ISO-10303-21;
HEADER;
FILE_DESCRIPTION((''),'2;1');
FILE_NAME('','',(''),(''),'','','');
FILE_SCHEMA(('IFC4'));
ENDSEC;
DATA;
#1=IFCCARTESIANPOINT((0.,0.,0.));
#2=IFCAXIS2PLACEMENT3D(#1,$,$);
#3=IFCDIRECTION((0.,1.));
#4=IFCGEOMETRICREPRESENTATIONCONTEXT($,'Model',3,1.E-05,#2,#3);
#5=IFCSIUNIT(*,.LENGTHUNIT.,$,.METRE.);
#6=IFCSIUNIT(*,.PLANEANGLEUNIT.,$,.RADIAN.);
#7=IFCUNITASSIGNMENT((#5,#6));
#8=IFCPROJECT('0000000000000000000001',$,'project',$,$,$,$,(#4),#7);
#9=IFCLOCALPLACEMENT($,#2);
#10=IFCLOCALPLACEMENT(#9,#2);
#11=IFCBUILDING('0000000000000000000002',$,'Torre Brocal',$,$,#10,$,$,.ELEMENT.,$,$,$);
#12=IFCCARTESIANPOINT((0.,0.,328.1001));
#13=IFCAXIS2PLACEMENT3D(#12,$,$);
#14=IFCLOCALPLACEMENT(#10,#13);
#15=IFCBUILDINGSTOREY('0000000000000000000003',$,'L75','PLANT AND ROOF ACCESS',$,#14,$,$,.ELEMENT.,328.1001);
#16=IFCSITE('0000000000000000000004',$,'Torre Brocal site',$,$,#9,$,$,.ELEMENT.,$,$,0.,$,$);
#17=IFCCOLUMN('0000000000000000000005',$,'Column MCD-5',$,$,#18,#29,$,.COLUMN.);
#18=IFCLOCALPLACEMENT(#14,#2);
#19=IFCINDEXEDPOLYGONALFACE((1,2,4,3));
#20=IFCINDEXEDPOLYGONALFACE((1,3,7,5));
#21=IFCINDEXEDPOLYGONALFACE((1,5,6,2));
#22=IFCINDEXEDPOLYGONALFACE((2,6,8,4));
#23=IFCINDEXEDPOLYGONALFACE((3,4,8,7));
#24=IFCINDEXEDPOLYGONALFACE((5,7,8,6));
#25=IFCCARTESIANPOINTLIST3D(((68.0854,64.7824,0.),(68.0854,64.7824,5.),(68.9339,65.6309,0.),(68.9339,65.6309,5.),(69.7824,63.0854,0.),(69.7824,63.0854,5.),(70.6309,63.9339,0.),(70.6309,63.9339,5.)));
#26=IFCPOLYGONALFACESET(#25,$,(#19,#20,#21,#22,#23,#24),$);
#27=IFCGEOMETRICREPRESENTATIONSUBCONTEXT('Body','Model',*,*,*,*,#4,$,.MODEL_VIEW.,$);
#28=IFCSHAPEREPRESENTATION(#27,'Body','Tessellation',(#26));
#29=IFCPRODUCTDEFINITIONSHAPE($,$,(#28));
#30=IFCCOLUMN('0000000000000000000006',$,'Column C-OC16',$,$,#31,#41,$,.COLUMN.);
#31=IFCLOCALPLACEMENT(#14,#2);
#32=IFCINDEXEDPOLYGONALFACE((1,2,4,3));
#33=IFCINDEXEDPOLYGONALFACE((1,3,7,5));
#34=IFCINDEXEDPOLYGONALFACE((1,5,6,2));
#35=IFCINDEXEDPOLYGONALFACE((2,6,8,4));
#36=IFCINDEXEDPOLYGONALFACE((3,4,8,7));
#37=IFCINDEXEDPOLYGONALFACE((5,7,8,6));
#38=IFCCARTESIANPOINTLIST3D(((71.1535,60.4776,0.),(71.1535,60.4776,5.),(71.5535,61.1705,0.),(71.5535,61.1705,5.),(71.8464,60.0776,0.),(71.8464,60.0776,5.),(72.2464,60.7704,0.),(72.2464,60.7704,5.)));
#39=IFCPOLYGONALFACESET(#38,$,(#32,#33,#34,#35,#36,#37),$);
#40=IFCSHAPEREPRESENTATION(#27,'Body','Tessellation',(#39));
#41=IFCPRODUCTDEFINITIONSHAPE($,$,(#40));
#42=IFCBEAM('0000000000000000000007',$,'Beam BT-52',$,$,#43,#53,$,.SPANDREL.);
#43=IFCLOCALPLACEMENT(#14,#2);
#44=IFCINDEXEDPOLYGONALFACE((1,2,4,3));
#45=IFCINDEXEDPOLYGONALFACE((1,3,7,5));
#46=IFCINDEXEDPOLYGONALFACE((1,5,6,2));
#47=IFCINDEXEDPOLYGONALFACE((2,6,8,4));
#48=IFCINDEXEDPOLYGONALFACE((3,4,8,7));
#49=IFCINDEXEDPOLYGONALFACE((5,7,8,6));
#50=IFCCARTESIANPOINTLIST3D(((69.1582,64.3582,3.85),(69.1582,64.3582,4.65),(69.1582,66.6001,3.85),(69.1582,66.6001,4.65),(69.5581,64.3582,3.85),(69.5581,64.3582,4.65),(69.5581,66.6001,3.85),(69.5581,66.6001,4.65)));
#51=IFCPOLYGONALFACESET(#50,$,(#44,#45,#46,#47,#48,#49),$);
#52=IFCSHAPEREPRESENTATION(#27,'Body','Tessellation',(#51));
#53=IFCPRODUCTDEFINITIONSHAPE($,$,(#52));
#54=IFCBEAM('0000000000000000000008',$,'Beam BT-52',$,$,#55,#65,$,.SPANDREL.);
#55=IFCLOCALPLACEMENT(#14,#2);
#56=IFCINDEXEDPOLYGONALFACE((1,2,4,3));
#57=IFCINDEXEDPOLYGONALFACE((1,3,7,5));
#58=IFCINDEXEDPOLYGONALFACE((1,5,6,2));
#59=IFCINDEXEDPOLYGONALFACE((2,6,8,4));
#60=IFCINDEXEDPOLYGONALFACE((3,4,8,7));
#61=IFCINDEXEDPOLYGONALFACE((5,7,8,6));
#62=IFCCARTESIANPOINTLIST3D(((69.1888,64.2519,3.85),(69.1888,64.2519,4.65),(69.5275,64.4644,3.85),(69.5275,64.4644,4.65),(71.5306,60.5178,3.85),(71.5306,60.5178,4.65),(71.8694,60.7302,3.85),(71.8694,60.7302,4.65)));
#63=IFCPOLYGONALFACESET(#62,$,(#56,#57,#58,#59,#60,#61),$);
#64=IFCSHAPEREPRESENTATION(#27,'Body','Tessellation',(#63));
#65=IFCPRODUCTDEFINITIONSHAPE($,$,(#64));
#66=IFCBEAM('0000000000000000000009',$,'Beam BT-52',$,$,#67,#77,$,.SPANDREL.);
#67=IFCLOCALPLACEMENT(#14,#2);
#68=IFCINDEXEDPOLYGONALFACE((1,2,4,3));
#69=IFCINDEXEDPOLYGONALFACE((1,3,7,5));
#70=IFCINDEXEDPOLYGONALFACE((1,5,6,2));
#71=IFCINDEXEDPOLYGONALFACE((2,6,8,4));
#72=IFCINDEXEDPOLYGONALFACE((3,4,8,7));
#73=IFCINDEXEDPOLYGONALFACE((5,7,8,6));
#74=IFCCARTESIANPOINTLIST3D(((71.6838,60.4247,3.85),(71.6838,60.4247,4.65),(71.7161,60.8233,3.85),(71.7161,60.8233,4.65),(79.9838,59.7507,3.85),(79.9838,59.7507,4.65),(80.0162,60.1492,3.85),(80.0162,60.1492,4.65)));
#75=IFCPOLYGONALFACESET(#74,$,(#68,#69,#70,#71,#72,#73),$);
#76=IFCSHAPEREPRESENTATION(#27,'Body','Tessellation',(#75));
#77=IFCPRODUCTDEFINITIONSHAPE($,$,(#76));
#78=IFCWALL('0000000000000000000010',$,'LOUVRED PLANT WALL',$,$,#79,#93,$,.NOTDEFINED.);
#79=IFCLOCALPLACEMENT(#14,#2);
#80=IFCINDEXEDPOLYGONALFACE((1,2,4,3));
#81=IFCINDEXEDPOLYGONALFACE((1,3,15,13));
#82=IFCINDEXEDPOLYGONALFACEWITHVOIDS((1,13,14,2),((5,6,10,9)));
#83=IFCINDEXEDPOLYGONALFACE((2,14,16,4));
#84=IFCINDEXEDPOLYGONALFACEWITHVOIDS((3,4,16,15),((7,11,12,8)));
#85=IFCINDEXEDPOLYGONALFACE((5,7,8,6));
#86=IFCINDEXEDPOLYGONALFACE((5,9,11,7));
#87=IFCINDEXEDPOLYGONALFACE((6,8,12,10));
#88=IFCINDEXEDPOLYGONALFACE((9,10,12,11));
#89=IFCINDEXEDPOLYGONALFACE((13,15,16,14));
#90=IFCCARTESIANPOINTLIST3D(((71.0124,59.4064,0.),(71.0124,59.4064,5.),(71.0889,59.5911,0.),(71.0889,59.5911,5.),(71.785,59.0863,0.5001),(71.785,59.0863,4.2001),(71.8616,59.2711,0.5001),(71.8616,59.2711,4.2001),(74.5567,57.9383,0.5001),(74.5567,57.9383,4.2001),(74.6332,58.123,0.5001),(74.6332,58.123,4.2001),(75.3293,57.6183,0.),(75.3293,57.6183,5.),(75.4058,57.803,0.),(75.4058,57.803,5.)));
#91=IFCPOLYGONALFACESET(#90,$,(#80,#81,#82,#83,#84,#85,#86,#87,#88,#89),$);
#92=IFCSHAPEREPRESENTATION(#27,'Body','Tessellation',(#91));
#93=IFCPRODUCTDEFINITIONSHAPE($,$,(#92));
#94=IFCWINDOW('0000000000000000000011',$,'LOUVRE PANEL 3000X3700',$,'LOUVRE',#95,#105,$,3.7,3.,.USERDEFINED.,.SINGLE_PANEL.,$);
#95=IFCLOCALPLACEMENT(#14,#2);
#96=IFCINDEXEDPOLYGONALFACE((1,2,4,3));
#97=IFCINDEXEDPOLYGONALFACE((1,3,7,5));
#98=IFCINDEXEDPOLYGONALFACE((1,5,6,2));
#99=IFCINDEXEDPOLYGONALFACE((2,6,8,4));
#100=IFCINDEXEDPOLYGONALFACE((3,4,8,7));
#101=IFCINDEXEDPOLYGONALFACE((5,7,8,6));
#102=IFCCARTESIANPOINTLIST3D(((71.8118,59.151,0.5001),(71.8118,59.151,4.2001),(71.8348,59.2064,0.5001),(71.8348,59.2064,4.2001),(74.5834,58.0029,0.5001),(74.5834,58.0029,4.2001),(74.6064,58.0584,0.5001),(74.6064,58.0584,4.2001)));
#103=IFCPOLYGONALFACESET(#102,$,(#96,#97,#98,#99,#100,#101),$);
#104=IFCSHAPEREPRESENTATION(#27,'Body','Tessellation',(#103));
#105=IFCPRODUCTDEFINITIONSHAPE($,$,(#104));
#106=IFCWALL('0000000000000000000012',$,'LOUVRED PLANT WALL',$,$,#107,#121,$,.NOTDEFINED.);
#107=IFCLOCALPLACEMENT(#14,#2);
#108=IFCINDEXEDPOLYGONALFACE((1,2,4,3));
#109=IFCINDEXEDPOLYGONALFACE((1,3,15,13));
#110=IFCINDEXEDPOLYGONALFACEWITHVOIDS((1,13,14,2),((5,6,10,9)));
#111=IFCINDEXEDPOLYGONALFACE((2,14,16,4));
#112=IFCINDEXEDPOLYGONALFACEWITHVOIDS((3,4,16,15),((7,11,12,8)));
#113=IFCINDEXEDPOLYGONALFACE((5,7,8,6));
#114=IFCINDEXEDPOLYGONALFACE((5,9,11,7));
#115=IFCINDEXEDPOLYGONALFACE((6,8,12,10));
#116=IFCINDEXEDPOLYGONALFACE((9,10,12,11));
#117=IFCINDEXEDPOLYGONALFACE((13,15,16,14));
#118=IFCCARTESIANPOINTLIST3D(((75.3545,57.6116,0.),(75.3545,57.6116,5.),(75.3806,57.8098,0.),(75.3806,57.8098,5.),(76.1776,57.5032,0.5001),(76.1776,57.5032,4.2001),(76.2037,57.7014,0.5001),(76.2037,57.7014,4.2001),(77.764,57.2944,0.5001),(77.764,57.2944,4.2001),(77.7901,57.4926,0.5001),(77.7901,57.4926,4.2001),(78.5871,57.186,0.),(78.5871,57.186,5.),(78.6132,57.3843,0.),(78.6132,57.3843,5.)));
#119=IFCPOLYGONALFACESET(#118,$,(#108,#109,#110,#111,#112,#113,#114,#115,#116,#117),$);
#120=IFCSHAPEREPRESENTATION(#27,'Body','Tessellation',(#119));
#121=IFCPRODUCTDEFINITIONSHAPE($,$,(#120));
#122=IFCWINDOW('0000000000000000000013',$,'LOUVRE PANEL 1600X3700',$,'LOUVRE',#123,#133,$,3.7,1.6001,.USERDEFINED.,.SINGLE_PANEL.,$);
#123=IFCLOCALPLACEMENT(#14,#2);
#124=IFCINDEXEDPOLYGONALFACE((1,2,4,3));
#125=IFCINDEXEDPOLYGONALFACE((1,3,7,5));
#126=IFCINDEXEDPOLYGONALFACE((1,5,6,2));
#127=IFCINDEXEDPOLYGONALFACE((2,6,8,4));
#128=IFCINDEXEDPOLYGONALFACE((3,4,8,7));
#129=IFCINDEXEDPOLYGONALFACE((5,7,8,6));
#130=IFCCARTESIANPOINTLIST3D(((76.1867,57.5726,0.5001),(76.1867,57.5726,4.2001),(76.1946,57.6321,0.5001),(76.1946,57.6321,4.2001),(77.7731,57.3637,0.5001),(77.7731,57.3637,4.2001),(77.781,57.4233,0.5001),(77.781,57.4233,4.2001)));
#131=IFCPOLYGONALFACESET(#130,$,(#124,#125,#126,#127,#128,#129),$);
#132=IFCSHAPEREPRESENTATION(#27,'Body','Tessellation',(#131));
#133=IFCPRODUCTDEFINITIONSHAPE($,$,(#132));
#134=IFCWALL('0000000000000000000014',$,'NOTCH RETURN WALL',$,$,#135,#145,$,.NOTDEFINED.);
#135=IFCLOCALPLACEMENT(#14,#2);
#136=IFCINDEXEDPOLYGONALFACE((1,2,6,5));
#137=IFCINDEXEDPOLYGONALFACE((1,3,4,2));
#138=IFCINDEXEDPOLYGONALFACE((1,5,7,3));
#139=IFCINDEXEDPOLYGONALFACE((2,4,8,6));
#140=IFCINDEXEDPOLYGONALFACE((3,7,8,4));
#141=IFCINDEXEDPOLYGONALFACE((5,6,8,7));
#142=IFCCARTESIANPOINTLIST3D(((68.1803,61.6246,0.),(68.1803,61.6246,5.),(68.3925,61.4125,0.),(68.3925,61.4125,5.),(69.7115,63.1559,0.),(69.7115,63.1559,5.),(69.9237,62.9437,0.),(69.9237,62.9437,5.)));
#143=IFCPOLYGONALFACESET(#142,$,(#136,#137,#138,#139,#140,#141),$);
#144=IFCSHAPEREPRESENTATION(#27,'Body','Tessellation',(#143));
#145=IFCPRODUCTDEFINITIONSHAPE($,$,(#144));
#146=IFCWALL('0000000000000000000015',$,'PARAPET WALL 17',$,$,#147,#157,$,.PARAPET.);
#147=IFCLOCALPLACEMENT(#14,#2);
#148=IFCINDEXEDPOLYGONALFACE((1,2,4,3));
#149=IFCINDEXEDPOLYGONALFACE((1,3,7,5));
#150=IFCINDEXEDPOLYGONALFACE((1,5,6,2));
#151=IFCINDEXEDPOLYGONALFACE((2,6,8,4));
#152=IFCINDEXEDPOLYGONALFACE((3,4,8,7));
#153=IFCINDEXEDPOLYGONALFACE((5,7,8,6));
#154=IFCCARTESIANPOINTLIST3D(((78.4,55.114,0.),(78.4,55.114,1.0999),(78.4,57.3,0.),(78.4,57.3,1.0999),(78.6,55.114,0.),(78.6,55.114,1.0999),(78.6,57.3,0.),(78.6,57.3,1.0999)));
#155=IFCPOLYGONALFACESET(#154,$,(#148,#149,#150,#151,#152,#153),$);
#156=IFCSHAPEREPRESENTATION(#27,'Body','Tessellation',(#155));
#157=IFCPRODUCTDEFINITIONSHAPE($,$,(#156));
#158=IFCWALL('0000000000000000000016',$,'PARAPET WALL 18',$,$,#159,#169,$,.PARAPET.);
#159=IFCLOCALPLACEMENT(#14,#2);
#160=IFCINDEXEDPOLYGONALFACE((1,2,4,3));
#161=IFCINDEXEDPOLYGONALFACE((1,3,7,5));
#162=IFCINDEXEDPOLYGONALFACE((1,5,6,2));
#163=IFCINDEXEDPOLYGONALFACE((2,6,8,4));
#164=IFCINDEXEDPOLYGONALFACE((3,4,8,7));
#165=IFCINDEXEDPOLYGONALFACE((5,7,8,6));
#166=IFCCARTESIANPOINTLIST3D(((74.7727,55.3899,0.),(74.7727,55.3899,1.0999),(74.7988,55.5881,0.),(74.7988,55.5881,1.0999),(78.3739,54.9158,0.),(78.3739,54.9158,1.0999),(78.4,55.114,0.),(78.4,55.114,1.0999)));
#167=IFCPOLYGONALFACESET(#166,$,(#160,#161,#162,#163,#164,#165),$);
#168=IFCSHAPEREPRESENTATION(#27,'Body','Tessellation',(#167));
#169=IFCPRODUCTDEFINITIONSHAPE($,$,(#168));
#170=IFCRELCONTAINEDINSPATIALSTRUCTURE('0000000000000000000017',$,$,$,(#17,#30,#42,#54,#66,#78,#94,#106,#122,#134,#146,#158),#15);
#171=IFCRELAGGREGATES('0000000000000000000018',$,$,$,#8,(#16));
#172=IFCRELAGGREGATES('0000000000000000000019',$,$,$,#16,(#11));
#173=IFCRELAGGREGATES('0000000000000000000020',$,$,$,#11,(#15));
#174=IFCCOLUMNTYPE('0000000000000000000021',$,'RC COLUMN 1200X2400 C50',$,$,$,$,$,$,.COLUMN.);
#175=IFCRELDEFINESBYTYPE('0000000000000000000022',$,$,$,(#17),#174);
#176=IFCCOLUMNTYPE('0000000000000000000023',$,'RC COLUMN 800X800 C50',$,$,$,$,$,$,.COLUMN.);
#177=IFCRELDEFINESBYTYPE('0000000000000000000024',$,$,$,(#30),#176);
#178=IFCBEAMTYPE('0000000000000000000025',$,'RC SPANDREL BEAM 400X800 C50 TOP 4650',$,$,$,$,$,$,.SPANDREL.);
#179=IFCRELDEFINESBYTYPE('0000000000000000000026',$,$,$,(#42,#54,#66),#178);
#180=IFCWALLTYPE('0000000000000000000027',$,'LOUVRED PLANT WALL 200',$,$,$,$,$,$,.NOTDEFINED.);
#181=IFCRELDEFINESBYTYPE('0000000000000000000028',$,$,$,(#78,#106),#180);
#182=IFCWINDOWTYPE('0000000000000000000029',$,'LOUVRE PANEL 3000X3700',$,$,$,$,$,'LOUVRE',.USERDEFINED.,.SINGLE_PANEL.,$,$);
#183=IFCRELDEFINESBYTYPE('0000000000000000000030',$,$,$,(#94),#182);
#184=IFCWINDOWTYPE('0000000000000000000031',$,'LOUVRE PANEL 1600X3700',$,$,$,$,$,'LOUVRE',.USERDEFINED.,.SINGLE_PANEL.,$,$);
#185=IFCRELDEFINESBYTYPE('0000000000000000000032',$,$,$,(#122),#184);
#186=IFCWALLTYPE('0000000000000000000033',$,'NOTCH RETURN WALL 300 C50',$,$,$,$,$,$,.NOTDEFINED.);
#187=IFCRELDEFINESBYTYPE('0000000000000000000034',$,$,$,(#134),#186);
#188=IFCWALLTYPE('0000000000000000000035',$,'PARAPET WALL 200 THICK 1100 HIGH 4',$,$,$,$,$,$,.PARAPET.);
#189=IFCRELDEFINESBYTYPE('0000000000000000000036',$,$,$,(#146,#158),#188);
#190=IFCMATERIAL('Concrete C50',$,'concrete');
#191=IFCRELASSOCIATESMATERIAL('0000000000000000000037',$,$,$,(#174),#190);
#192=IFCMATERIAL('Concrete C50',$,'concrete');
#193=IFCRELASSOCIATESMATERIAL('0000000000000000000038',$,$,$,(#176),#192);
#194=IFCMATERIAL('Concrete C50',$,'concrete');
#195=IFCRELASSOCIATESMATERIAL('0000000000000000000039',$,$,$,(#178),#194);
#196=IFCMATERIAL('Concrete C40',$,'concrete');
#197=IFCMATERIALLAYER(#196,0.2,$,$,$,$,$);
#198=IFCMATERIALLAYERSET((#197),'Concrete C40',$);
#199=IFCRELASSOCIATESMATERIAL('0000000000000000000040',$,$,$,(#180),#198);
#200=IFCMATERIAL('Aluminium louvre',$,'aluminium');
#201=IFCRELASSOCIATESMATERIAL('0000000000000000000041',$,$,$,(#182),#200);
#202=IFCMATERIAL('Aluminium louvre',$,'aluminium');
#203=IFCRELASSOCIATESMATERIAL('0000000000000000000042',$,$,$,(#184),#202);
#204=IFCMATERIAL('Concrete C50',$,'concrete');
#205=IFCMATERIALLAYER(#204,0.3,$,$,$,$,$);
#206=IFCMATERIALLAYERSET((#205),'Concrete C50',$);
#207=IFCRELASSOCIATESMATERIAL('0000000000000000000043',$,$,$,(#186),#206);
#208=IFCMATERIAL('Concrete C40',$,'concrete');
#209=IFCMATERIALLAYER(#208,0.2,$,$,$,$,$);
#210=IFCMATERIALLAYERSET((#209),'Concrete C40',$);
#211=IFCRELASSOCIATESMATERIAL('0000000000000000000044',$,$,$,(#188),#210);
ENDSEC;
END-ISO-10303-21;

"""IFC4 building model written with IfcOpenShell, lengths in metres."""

from ifc_helpers import new_model, si_unit, direction, frame, frame_2d, origin, origin_2d, place, context, subcontext, project, spatial, rectangle, extrude, material, layer, layer_set, material_profile, profile_set, type_object, element, fill, save


model = new_model("IFC4")

# Units and contexts
model_context = context("Model", 3, precision=1e-05, world=origin(), true_north=direction((0.0, 1.0)))
body_context = subcontext(model_context, "Body", "Model", "MODEL_VIEW")
ifc_project = project(units=[si_unit("LENGTHUNIT", "METRE"), si_unit("PLANEANGLEUNIT", "RADIAN")], contexts=[model_context])

# Site, building, storey
site_placement = place(None, origin())
site = spatial("IfcSite", under=ifc_project, at=site_placement, Name="Torre Brocal site", CompositionType="ELEMENT", RefElevation=0.0)
building_placement = place(site_placement, origin())
building = spatial("IfcBuilding", under=site, at=building_placement, Name="Torre Brocal", CompositionType="ELEMENT")
storey_placement = place(building_placement, frame((0.0, 0.0, 328.1001)))
storey = spatial("IfcBuildingStorey", under=building, at=storey_placement, Name="L75", Description="PLANT AND ROOF ACCESS", CompositionType="ELEMENT", Elevation=328.1001)

# Columns
ifc_material_1 = material(Name="Concrete C50", Category="concrete")
ifc_material_profile_1 = material_profile(ifc_material_1, rectangle(XDim=1.2, YDim=2.3999, at=origin_2d()), Name="RC 1200X2400")
ifc_profile_set_1 = profile_set([ifc_material_profile_1], Name="Concrete C50")
column_type_1 = type_object("IfcColumnType", Name="RC COLUMN 1200X2400 C50", PredefinedType="COLUMN", material=ifc_profile_set_1)
column_1_placement = place(storey_placement, frame((69.3582, 64.3582, 0.0), z_axis=(0.0, 0.0, 1.0), x_axis=(-0.707107, -0.707107, 0.0)))
element("IfcColumn", 1, at=column_1_placement, inside=storey, type_object=column_type_1, Name="Column MCD-5", PredefinedType="COLUMN", context=body_context, shape_type="SweptSolid", body=[
    extrude(rectangle(XDim=1.2, YDim=2.3999, at=origin_2d()), origin(), (0.0, 0.0, 1.0), 5.0),
])
ifc_material_2 = material(Name="Concrete C50", Category="concrete")
ifc_material_profile_2 = material_profile(ifc_material_2, rectangle(XDim=0.8, YDim=0.8, at=origin_2d()), Name="RC 800X800")
ifc_profile_set_2 = profile_set([ifc_material_profile_2], Name="Concrete C50")
column_type_2 = type_object("IfcColumnType", Name="RC COLUMN 800X800 C50", PredefinedType="COLUMN", material=ifc_profile_set_2)
column_2_placement = place(storey_placement, frame((71.7, 60.624, 0.0), z_axis=(0.0, 0.0, 1.0), x_axis=(-0.5, -0.866025, 0.0)))
element("IfcColumn", 2, at=column_2_placement, inside=storey, type_object=column_type_2, Name="Column C-OC16", PredefinedType="COLUMN", context=body_context, shape_type="SweptSolid", body=[
    extrude(rectangle(XDim=0.8, YDim=0.8, at=origin_2d()), origin(), (0.0, 0.0, 1.0), 5.0),
])

# Beams
ifc_material_3 = material(Name="Concrete C50", Category="concrete")
ifc_material_profile_3 = material_profile(ifc_material_3, rectangle(XDim=0.3999, YDim=0.8, at=origin_2d()), Name="RC 400X800")
ifc_profile_set_3 = profile_set([ifc_material_profile_3], Name="Concrete C50")
beam_type = type_object("IfcBeamType", Name="RC SPANDREL BEAM 400X800 C50 TOP 4650", PredefinedType="SPANDREL", material=ifc_profile_set_3)
beam_1_placement = place(storey_placement, frame((69.3582, 64.3582, 4.25), z_axis=(0.0, 1.0, 0.0), x_axis=(-1.0, 0.0, 0.0)))
element("IfcBeam", 3, at=beam_1_placement, inside=storey, type_object=beam_type, Name="Beam BT-52", PredefinedType="SPANDREL", context=body_context, shape_type="SweptSolid", body=[
    extrude(rectangle(XDim=0.3999, YDim=0.8, at=origin_2d()), origin(), (0.0, 0.0, 1.0), 2.2419),
])
beam_2_placement = place(storey_placement, frame((69.3582, 64.3582, 4.25), z_axis=(0.531298, -0.847185, 0.0), x_axis=(0.847185, 0.531298, 0.0)))
element("IfcBeam", 4, at=beam_2_placement, inside=storey, type_object=beam_type, Name="Beam BT-52", PredefinedType="SPANDREL", context=body_context, shape_type="SweptSolid", body=[
    extrude(rectangle(XDim=0.3999, YDim=0.8, at=origin_2d()), origin(), (0.0, 0.0, 1.0), 4.4077),
])
beam_3_placement = place(storey_placement, frame((71.7, 60.624, 4.25), z_axis=(0.996718, -0.080947, 0.0), x_axis=(0.080947, 0.996718, 0.0)))
element("IfcBeam", 5, at=beam_3_placement, inside=storey, type_object=beam_type, Name="Beam BT-52", PredefinedType="SPANDREL", context=body_context, shape_type="SweptSolid", body=[
    extrude(rectangle(XDim=0.3999, YDim=0.8, at=origin_2d()), origin(), (0.0, 0.0, 1.0), 8.3274),
])

# Walls, openings, windows
ifc_material_4 = material(Name="Concrete C40", Category="concrete")
ifc_layer_1 = layer(ifc_material_4, 0.2)
ifc_layer_set_1 = layer_set([ifc_layer_1], Name="Concrete C40")
wall_type_1 = type_object("IfcWallType", Name="LOUVRED PLANT WALL 200", PredefinedType="NOTDEFINED", material=ifc_layer_set_1)
wall_1_placement = place(storey_placement, frame((71.0505, 59.4988, 0.0), z_axis=(0.0, 0.0, 1.0), x_axis=(0.923882, -0.382678, 0.0)))
wall_1 = element("IfcWall", 6, at=wall_1_placement, inside=storey, type_object=wall_type_1, Name="LOUVRED PLANT WALL", PredefinedType="NOTDEFINED", context=body_context, shape_type="SweptSolid", body=[
    extrude(rectangle(XDim=4.6726, YDim=0.2, at=frame_2d((2.3364, 0.0))), origin(), (0.0, 0.0, 1.0), 5.0),
])
opening_1_placement = place(wall_1_placement, frame((0.8364, 0.0, 0.5)))
opening_1 = element("IfcOpeningElement", 7, at=opening_1_placement, cuts=wall_1, PredefinedType="OPENING", context=body_context, shape_type="SweptSolid", body=[
    extrude(rectangle(XDim=3.0, YDim=3.7, at=frame_2d((1.5, 1.8501))), frame((0.0, 0.1099, 0.0), z_axis=(0.0, -1.0, 0.0), x_axis=(1.0, 0.0, 0.0)), (0.0, 0.0, 1.0), 0.22),
])
ifc_material_5 = material(Name="Aluminium louvre", Category="aluminium")
window_type_1 = type_object("IfcWindowType", Name="LOUVRE PANEL 3000X3700", ElementType="LOUVRE", PartitioningType="SINGLE_PANEL", PredefinedType="USERDEFINED", material=ifc_material_5)
window_1_placement = place(opening_1_placement, origin())
window_1 = element("IfcWindow", 8, at=window_1_placement, inside=storey, type_object=window_type_1, Name="LOUVRE PANEL 3000X3700", ObjectType="LOUVRE", OverallHeight=3.7, OverallWidth=3.0, PartitioningType="SINGLE_PANEL", PredefinedType="USERDEFINED", context=body_context, shape_type="SweptSolid", body=[
    extrude(rectangle(XDim=3.0, YDim=3.7, at=frame_2d((1.5, 1.8501))), frame((0.0, 0.03, 0.0), z_axis=(0.0, -1.0, 0.0), x_axis=(1.0, 0.0, 0.0)), (0.0, 0.0, 1.0), 0.0601),
])
fill(opening_1, window_1)
wall_2_placement = place(storey_placement, frame((75.3674, 57.7107, 0.0), z_axis=(0.0, 0.0, 1.0), x_axis=(0.991447, -0.130511, 0.0)))
wall_2 = element("IfcWall", 9, at=wall_2_placement, inside=storey, type_object=wall_type_1, Name="LOUVRED PLANT WALL", PredefinedType="NOTDEFINED", context=body_context, shape_type="SweptSolid", body=[
    extrude(rectangle(XDim=3.2605, YDim=0.2, at=frame_2d((1.6304, 0.0))), origin(), (0.0, 0.0, 1.0), 5.0),
])
opening_2_placement = place(wall_2_placement, frame((0.8303, 0.0, 0.5)))
opening_2 = element("IfcOpeningElement", 10, at=opening_2_placement, cuts=wall_2, PredefinedType="OPENING", context=body_context, shape_type="SweptSolid", body=[
    extrude(rectangle(XDim=1.6001, YDim=3.7, at=frame_2d((0.8, 1.8501))), frame((0.0, 0.1099, 0.0), z_axis=(0.0, -1.0, 0.0), x_axis=(1.0, 0.0, 0.0)), (0.0, 0.0, 1.0), 0.22),
])
ifc_material_6 = material(Name="Aluminium louvre", Category="aluminium")
window_type_2 = type_object("IfcWindowType", Name="LOUVRE PANEL 1600X3700", ElementType="LOUVRE", PartitioningType="SINGLE_PANEL", PredefinedType="USERDEFINED", material=ifc_material_6)
window_2_placement = place(opening_2_placement, origin())
window_2 = element("IfcWindow", 11, at=window_2_placement, inside=storey, type_object=window_type_2, Name="LOUVRE PANEL 1600X3700", ObjectType="LOUVRE", OverallHeight=3.7, OverallWidth=1.6001, PartitioningType="SINGLE_PANEL", PredefinedType="USERDEFINED", context=body_context, shape_type="SweptSolid", body=[
    extrude(rectangle(XDim=1.6001, YDim=3.7, at=frame_2d((0.8, 1.8501))), frame((0.0, 0.03, 0.0), z_axis=(0.0, -1.0, 0.0), x_axis=(1.0, 0.0, 0.0)), (0.0, 0.0, 1.0), 0.0601),
])
fill(opening_2, window_2)

# Walls
ifc_material_7 = material(Name="Concrete C50", Category="concrete")
ifc_layer_2 = layer(ifc_material_7, 0.3)
ifc_layer_set_2 = layer_set([ifc_layer_2], Name="Concrete C50")
wall_type_2 = type_object("IfcWallType", Name="NOTCH RETURN WALL 300 C50", PredefinedType="NOTDEFINED", material=ifc_layer_set_2)
wall_3_placement = place(storey_placement, frame((69.8176, 63.0498, 0.0), z_axis=(0.0, 0.0, 1.0), x_axis=(-0.707107, -0.707107, 0.0)))
element("IfcWall", 12, at=wall_3_placement, inside=storey, type_object=wall_type_2, Name="NOTCH RETURN WALL", PredefinedType="NOTDEFINED", context=body_context, shape_type="SweptSolid", body=[
    extrude(rectangle(XDim=2.1655, YDim=0.3, at=frame_2d((1.0828, 0.0))), origin(), (0.0, 0.0, 1.0), 5.0),
])
ifc_material_8 = material(Name="Concrete C40", Category="concrete")
ifc_layer_3 = layer(ifc_material_8, 0.2)
ifc_layer_set_3 = layer_set([ifc_layer_3], Name="Concrete C40")
wall_type_3 = type_object("IfcWallType", Name="PARAPET WALL 200 THICK 1100 HIGH 4", PredefinedType="PARAPET", material=ifc_layer_set_3)
wall_4_placement = place(storey_placement, frame((78.5, 57.3, 0.0), z_axis=(0.0, 0.0, 1.0), x_axis=(0.0, -1.0, 0.0)))
element("IfcWall", 13, at=wall_4_placement, inside=storey, type_object=wall_type_3, Name="PARAPET WALL 17", PredefinedType="PARAPET", context=body_context, shape_type="SweptSolid", body=[
    extrude(rectangle(XDim=2.186, YDim=0.2, at=frame_2d((1.093, 0.0))), origin(), (0.0, 0.0, 1.0), 1.0999),
])
wall_5_placement = place(storey_placement, frame((78.387, 55.0149, 0.0), z_axis=(0.0, 0.0, 1.0), x_axis=(-0.991445, 0.130526, 0.0)))
element("IfcWall", 14, at=wall_5_placement, inside=storey, type_object=wall_type_3, Name="PARAPET WALL 18", PredefinedType="PARAPET", context=body_context, shape_type="SweptSolid", body=[
    extrude(rectangle(XDim=3.6323, YDim=0.2, at=frame_2d((1.8162, 0.0))), origin(), (0.0, 0.0, 1.0), 1.0999),
])

save(model, "model.ifc")
